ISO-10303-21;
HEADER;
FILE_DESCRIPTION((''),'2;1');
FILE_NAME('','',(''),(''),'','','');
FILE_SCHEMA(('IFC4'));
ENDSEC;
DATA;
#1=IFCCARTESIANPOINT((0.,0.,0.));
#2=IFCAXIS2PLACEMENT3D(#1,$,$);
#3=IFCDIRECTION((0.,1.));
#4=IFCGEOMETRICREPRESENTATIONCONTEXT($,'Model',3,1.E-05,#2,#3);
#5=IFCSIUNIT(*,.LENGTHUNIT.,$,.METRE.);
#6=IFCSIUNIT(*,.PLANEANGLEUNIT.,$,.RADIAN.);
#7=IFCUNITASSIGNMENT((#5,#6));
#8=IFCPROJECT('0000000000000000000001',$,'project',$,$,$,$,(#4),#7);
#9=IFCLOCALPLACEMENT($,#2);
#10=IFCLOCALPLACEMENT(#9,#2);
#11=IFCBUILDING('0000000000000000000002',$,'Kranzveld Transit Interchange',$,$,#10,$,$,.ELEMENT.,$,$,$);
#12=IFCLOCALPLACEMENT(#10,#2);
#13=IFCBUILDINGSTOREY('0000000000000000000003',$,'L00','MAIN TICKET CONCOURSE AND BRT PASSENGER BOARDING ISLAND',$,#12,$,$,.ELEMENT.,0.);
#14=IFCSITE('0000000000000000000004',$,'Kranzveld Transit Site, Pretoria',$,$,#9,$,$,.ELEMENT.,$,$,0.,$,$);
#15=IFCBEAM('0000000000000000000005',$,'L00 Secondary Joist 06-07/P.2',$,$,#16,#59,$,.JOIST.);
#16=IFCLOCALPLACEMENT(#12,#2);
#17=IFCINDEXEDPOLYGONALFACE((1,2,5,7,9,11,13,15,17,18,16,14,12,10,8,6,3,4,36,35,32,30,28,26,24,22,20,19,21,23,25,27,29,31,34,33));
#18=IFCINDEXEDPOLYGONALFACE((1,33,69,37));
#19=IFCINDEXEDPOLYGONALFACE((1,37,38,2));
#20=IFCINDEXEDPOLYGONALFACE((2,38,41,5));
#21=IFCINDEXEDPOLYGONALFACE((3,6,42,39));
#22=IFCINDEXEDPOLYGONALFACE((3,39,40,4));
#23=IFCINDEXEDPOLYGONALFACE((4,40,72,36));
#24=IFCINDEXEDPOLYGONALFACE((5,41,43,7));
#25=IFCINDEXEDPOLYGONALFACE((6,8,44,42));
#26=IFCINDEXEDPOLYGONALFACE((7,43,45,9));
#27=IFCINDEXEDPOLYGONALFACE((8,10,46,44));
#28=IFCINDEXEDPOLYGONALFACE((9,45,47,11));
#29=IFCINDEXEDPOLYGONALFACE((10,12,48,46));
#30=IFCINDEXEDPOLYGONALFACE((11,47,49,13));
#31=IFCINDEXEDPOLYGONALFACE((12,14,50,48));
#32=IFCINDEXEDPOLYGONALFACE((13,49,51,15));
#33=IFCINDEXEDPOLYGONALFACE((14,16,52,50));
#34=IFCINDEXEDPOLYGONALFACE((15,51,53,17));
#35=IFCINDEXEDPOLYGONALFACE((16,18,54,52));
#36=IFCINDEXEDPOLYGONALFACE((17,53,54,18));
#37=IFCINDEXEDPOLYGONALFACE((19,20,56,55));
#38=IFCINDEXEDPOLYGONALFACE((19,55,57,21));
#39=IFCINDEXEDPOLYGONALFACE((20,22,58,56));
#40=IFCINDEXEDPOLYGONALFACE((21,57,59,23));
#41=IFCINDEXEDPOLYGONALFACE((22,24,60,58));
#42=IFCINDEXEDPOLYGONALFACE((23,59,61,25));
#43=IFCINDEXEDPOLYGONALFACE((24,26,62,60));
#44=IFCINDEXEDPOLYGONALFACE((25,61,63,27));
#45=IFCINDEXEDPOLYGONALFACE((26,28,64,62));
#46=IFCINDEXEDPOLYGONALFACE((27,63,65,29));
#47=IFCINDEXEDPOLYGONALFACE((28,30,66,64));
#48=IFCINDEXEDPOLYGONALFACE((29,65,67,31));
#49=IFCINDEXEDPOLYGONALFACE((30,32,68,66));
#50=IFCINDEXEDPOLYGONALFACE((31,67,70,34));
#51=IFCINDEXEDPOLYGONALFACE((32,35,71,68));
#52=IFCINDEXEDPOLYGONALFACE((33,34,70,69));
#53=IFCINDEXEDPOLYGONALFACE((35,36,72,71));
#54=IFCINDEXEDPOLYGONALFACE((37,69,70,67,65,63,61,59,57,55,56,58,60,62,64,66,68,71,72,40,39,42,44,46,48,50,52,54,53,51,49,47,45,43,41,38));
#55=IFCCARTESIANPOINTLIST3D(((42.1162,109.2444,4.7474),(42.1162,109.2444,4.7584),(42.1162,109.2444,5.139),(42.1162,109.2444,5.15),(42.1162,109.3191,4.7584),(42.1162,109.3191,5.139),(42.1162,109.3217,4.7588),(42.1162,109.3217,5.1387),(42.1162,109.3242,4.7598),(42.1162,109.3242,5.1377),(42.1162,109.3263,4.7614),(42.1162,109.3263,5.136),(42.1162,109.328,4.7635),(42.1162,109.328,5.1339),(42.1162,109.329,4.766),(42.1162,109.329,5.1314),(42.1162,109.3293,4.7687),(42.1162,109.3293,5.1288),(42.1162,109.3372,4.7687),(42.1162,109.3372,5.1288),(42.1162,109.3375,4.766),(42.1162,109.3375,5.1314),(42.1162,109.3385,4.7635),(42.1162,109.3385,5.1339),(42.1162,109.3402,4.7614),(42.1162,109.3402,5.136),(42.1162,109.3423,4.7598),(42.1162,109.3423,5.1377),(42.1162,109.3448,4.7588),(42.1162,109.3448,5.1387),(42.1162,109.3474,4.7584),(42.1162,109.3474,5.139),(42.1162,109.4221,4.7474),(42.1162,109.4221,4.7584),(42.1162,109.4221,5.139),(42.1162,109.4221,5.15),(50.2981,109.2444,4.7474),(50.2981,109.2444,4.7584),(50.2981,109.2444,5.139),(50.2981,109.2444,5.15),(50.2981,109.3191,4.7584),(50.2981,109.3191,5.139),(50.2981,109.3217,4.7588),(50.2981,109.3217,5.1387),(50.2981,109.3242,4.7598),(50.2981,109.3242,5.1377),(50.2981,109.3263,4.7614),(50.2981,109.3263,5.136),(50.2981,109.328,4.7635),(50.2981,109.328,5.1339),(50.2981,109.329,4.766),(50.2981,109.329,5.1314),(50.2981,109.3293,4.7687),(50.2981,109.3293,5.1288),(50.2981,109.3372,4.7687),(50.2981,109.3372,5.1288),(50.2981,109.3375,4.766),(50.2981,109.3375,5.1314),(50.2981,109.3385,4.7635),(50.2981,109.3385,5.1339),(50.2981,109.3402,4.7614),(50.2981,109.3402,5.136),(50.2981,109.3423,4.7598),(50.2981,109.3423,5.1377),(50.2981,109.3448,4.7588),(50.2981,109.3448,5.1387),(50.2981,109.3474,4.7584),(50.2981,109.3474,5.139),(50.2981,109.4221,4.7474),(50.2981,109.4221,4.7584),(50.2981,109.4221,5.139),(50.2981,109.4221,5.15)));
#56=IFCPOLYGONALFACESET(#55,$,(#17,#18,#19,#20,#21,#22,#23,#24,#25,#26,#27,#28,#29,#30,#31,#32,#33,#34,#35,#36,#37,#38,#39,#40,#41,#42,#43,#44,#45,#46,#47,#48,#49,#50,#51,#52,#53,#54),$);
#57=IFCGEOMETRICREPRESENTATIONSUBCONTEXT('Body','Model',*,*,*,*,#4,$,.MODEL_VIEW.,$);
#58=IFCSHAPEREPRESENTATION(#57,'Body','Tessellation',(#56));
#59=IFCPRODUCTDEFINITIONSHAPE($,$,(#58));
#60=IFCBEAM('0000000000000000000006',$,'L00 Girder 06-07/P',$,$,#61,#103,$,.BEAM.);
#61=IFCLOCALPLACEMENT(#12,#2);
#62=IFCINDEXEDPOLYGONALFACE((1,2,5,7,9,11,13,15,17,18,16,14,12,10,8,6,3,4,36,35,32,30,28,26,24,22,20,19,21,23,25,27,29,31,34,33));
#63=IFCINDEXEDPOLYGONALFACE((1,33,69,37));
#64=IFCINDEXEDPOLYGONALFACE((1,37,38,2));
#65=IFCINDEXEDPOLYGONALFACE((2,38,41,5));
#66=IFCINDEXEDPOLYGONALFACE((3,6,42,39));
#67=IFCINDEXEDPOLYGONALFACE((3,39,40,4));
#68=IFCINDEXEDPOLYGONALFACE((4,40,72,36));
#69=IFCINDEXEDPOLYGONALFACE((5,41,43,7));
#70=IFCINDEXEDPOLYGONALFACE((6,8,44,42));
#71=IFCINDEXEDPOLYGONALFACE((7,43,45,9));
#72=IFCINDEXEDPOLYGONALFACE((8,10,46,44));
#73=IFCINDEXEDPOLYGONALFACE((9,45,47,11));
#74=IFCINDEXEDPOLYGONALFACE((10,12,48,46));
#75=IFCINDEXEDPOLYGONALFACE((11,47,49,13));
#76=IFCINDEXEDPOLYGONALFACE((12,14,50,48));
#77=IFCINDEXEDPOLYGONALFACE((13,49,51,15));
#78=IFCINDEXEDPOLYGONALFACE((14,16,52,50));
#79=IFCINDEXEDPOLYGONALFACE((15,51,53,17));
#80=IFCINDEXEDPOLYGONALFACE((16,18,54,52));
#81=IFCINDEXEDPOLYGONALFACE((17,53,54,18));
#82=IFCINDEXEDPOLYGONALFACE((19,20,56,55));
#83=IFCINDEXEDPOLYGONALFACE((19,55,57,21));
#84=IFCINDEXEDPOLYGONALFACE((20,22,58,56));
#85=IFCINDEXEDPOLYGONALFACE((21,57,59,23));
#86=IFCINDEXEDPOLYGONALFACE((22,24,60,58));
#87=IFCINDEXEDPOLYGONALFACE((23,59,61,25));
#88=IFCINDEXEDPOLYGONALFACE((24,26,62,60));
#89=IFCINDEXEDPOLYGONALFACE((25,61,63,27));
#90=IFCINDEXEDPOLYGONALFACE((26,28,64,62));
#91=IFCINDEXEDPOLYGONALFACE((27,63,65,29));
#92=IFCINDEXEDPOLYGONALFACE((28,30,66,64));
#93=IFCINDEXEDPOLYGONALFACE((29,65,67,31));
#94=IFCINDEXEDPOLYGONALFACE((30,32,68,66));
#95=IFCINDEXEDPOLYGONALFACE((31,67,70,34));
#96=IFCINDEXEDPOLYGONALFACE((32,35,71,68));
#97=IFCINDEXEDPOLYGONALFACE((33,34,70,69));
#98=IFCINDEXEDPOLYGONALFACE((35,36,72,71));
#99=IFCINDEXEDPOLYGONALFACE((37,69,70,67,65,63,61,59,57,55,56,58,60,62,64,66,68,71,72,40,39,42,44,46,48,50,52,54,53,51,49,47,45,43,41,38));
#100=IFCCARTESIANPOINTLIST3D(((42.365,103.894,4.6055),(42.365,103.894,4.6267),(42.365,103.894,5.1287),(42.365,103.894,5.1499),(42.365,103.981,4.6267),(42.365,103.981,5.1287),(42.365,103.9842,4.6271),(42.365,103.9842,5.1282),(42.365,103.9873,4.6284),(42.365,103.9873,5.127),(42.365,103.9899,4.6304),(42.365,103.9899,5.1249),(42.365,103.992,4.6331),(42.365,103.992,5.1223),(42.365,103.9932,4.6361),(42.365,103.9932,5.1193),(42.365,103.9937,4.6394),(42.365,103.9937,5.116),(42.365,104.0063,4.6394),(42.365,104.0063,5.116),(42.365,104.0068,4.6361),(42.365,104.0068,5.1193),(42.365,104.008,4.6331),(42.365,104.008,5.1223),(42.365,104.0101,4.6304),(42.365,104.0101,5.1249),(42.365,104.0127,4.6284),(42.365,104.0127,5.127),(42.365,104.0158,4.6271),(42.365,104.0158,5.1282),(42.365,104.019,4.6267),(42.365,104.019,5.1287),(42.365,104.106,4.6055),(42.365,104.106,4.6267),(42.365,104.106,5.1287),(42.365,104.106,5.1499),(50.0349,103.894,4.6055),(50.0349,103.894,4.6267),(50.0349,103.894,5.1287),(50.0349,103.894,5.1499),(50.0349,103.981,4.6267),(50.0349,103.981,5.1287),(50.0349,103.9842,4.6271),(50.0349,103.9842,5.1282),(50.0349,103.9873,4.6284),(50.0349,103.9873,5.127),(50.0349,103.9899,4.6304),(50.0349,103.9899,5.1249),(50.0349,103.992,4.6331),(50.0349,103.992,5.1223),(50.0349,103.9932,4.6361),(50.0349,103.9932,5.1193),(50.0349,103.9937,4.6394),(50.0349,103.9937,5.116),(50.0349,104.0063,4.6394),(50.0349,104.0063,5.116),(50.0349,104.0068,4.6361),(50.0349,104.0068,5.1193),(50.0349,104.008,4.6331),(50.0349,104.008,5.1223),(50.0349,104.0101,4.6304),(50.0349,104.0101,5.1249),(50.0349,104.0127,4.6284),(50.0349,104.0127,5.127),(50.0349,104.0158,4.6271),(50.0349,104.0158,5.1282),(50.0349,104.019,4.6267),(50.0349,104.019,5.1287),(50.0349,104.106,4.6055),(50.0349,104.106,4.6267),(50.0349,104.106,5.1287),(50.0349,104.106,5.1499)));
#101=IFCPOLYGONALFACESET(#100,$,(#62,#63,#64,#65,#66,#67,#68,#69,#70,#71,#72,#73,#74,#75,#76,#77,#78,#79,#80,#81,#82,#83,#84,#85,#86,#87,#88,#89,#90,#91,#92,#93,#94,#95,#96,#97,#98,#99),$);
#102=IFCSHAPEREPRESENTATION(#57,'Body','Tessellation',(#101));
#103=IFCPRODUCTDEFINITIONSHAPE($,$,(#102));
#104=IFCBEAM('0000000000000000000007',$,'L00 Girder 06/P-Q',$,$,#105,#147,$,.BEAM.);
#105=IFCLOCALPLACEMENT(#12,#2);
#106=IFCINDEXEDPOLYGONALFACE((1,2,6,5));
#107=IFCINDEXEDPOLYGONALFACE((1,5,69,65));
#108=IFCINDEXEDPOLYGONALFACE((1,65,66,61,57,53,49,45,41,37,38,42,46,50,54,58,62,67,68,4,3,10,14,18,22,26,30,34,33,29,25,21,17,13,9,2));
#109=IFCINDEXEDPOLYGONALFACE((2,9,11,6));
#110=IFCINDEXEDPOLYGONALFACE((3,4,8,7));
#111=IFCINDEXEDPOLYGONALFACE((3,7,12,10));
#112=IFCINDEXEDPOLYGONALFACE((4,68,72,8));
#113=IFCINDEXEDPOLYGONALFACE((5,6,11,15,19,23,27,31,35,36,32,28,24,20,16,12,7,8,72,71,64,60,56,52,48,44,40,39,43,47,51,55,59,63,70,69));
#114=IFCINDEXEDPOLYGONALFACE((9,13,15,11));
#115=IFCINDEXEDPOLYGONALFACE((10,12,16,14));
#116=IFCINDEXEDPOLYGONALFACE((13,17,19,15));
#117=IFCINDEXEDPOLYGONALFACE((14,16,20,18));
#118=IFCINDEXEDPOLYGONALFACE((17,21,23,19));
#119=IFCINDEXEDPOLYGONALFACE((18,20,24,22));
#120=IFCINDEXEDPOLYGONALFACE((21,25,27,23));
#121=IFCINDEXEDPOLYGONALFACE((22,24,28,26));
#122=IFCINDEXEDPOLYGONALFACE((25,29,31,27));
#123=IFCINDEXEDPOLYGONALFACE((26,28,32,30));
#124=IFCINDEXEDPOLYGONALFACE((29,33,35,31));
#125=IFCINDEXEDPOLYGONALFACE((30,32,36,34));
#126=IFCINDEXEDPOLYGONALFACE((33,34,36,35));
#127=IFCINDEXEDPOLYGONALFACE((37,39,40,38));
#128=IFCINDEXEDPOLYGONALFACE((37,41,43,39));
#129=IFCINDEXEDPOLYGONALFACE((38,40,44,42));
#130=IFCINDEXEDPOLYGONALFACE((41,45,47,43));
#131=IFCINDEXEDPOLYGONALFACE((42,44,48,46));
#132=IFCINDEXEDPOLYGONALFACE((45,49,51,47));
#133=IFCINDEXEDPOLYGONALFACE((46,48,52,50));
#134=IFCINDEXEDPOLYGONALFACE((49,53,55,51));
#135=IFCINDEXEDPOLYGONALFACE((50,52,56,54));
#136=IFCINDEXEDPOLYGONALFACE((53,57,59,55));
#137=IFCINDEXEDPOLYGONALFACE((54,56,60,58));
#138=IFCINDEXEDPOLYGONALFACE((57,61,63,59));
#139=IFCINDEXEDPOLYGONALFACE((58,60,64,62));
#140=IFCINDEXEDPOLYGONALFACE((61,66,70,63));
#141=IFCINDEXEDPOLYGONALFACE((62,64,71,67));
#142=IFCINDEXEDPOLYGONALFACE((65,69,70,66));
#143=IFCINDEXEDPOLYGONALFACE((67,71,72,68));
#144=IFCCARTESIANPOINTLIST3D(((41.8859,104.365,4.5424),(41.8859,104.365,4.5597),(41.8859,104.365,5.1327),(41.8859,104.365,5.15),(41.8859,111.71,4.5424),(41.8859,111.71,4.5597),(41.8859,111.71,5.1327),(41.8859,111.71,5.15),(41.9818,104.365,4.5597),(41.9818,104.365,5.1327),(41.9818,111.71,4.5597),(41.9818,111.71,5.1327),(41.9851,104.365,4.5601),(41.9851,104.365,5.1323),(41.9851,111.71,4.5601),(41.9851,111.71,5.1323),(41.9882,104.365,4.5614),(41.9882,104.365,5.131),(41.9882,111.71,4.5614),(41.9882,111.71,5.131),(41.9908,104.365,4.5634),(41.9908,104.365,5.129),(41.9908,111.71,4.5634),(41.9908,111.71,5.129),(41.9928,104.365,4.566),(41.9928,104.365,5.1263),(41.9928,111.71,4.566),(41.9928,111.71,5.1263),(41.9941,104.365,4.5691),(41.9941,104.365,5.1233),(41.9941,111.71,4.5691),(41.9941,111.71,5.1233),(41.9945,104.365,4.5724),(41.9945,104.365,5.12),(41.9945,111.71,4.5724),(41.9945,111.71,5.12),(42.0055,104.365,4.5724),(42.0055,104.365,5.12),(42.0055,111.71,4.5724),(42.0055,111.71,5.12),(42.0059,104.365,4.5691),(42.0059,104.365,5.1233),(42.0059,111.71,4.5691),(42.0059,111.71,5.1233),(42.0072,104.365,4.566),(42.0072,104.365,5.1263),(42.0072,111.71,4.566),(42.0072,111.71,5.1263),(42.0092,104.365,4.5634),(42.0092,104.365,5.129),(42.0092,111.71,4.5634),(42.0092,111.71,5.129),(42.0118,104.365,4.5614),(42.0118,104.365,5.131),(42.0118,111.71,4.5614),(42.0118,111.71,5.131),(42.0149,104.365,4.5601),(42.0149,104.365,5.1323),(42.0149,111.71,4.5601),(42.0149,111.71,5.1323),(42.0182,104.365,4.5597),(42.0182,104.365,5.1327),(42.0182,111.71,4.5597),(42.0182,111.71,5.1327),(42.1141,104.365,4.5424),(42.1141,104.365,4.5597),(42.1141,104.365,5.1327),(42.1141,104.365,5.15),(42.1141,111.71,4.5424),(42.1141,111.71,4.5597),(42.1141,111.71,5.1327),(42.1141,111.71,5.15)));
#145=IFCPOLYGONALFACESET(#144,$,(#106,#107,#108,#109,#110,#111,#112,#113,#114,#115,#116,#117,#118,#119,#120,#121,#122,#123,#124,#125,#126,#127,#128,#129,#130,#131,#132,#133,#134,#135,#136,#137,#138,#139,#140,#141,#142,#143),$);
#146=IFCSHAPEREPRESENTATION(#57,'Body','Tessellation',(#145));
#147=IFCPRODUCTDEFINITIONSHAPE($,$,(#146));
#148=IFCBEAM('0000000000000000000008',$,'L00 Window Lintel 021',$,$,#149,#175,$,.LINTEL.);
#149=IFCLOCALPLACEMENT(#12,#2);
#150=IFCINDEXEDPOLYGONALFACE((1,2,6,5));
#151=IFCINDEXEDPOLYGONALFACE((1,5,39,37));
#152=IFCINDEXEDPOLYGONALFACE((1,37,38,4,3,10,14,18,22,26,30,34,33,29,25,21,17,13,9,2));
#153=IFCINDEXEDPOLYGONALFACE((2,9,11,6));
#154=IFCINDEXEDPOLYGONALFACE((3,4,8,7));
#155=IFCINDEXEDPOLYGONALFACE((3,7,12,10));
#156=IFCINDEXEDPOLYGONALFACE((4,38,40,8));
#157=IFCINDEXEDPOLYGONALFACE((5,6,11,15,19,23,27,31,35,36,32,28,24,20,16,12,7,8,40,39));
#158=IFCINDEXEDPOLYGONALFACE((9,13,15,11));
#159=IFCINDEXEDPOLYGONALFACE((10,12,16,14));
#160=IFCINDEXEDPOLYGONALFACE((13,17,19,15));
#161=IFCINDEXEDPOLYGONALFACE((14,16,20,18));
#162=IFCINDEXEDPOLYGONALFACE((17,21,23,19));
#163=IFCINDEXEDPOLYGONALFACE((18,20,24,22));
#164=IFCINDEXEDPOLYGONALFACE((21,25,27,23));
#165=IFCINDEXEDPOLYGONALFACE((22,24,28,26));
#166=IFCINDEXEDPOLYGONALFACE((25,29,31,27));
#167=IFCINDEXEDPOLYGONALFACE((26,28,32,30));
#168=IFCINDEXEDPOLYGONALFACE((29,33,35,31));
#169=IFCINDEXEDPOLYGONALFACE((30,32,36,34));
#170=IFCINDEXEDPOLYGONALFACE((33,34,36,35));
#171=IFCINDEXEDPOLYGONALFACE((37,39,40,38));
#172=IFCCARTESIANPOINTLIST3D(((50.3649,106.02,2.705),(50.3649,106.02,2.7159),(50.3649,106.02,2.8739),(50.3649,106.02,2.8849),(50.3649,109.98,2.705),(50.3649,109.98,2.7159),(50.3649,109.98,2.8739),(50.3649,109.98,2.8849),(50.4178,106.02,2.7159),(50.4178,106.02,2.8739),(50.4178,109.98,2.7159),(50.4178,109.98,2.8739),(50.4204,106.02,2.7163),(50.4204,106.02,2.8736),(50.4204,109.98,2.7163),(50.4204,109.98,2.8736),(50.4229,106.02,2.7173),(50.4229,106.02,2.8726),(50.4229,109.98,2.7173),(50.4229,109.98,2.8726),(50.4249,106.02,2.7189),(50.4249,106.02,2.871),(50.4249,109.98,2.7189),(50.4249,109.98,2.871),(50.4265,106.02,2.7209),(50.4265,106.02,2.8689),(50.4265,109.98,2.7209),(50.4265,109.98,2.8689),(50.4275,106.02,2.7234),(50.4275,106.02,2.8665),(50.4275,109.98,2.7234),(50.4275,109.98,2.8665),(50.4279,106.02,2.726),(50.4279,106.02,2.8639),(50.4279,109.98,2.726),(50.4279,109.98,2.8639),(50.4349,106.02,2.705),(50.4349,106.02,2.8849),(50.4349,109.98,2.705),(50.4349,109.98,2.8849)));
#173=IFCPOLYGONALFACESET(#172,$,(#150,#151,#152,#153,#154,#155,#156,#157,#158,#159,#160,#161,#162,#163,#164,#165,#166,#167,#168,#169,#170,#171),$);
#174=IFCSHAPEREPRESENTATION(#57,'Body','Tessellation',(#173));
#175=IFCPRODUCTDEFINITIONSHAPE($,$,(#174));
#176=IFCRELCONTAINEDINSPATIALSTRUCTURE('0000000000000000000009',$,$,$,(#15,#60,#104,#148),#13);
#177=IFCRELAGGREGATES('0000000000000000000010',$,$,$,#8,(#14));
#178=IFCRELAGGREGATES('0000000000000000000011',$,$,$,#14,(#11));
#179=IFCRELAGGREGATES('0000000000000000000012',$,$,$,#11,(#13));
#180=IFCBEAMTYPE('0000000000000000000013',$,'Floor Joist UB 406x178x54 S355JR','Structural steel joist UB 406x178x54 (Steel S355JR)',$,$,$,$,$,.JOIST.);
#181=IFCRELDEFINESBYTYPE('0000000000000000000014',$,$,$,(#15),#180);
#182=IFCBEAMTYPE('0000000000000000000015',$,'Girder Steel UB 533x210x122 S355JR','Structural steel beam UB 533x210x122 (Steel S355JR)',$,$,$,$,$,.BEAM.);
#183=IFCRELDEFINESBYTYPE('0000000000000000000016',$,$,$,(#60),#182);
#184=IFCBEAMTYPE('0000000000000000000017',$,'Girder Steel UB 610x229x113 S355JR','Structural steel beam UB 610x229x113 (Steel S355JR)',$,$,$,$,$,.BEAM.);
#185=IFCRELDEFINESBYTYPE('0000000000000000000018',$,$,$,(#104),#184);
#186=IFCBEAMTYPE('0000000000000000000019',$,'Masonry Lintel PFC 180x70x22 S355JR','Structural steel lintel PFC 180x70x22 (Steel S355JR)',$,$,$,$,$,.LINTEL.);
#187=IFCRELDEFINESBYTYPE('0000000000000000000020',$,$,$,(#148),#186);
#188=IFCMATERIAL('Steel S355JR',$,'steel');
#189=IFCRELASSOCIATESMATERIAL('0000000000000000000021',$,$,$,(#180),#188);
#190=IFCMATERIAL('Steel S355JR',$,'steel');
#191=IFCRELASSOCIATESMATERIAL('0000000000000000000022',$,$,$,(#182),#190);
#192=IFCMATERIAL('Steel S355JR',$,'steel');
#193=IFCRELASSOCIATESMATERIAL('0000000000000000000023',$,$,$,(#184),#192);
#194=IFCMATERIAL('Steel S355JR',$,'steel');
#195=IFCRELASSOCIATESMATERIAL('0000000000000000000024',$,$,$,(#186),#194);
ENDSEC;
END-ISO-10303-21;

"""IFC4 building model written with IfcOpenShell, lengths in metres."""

from ifc_helpers import new_model, si_unit, direction, frame, origin, origin_2d, place, context, subcontext, project, spatial, i_section, u_section, extrude, material, material_profile, profile_set, type_object, element, save


model = new_model("IFC4")

# Units and contexts
model_context = context("Model", 3, precision=1e-05, world=origin(), true_north=direction((0.0, 1.0)))
body_context = subcontext(model_context, "Body", "Model", "MODEL_VIEW")
ifc_project = project(units=[si_unit("LENGTHUNIT", "METRE"), si_unit("PLANEANGLEUNIT", "RADIAN")], contexts=[model_context])

# Site, building, storey
site_placement = place(None, origin())
site = spatial("IfcSite", under=ifc_project, at=site_placement, Name="Kranzveld Transit Site, Pretoria", CompositionType="ELEMENT", RefElevation=0.0)
building_placement = place(site_placement, origin())
building = spatial("IfcBuilding", under=site, at=building_placement, Name="Kranzveld Transit Interchange", CompositionType="ELEMENT")
storey_placement = place(building_placement, origin())
storey = spatial("IfcBuildingStorey", under=building, at=storey_placement, Name="L00", Description="MAIN TICKET CONCOURSE AND BRT PASSENGER BOARDING ISLAND", CompositionType="ELEMENT", Elevation=0.0)

# Beams
ifc_material_1 = material(Name="Steel S355JR", Category="steel")
ifc_material_profile_1 = material_profile(ifc_material_1, i_section(OverallWidth=0.1777, OverallDepth=0.4026, WebThickness=0.0078, FlangeThickness=0.011, FilletRadius=0.0103, at=origin_2d()), Name="UB 406x178x54")
ifc_profile_set_1 = profile_set([ifc_material_profile_1], Name="Steel S355JR")
beam_type_1 = type_object("IfcBeamType", Name="Floor Joist UB 406x178x54 S355JR", Description="Structural steel joist UB 406x178x54 (Steel S355JR)", PredefinedType="JOIST", material=ifc_profile_set_1)
for number, where, z_axis, x_axis, name in (
    (1, (42.1162, 109.3333, 4.9487), (1.0, 0.0, 0.0), (0.0, 1.0, 0.0), "L00 Secondary Joist 06-07/P.2"),
):
    element("IfcBeam", number, at=place(storey_placement, frame(where, z_axis=z_axis, x_axis=x_axis)), inside=storey, type_object=beam_type_1, Name=name, PredefinedType="JOIST", context=body_context, shape_type="SweptSolid", body=[
        extrude(i_section(OverallWidth=0.1777, OverallDepth=0.4026, WebThickness=0.0078, FlangeThickness=0.011, FilletRadius=0.0103, at=origin_2d()), origin(), (0.0, 0.0, 1.0), 8.1819),
    ])
ifc_material_2 = material(Name="Steel S355JR", Category="steel")
ifc_material_profile_2 = material_profile(ifc_material_2, i_section(OverallWidth=0.2119, OverallDepth=0.5444, WebThickness=0.0127, FlangeThickness=0.0212, FilletRadius=0.0127, at=origin_2d()), Name="UB 533x210x122")
ifc_profile_set_2 = profile_set([ifc_material_profile_2], Name="Steel S355JR")
beam_type_2 = type_object("IfcBeamType", Name="Girder Steel UB 533x210x122 S355JR", Description="Structural steel beam UB 533x210x122 (Steel S355JR)", PredefinedType="BEAM", material=ifc_profile_set_2)
beam_1_placement = place(storey_placement, frame((42.365, 104.0, 4.8777), z_axis=(1.0, 0.0, 0.0), x_axis=(0.0, 1.0, 0.0)))
element("IfcBeam", 2, at=beam_1_placement, inside=storey, type_object=beam_type_2, Name="L00 Girder 06-07/P", PredefinedType="BEAM", context=body_context, shape_type="SweptSolid", body=[
    extrude(i_section(OverallWidth=0.2119, OverallDepth=0.5444, WebThickness=0.0127, FlangeThickness=0.0212, FilletRadius=0.0127, at=origin_2d()), origin(), (0.0, 0.0, 1.0), 7.6699),
])
ifc_material_3 = material(Name="Steel S355JR", Category="steel")
ifc_material_profile_3 = material_profile(ifc_material_3, i_section(OverallWidth=0.2283, OverallDepth=0.6077, WebThickness=0.011, FlangeThickness=0.0173, FilletRadius=0.0127, at=origin_2d()), Name="UB 610x229x113")
ifc_profile_set_3 = profile_set([ifc_material_profile_3], Name="Steel S355JR")
beam_type_3 = type_object("IfcBeamType", Name="Girder Steel UB 610x229x113 S355JR", Description="Structural steel beam UB 610x229x113 (Steel S355JR)", PredefinedType="BEAM", material=ifc_profile_set_3)
beam_2_placement = place(storey_placement, frame((42.0, 104.365, 4.8462), z_axis=(0.0, 1.0, 0.0), x_axis=(-1.0, 0.0, 0.0)))
element("IfcBeam", 3, at=beam_2_placement, inside=storey, type_object=beam_type_3, Name="L00 Girder 06/P-Q", PredefinedType="BEAM", context=body_context, shape_type="SweptSolid", body=[
    extrude(i_section(OverallWidth=0.2283, OverallDepth=0.6077, WebThickness=0.011, FlangeThickness=0.0173, FilletRadius=0.0127, at=origin_2d()), origin(), (0.0, 0.0, 1.0), 7.345),
])
ifc_material_4 = material(Name="Steel S355JR", Category="steel")
ifc_material_profile_4 = material_profile(ifc_material_4, u_section(Depth=0.1799, FlangeWidth=0.0701, WebThickness=0.0071, FlangeThickness=0.011, FilletRadius=0.01, at=origin_2d()), Name="PFC 180x70x22")
ifc_profile_set_4 = profile_set([ifc_material_profile_4], Name="Steel S355JR")
beam_type_4 = type_object("IfcBeamType", Name="Masonry Lintel PFC 180x70x22 S355JR", Description="Structural steel lintel PFC 180x70x22 (Steel S355JR)", PredefinedType="LINTEL", material=ifc_profile_set_4)
beam_3_placement = place(storey_placement, frame((50.3999, 106.02, 2.7949), z_axis=(0.0, 1.0, 0.0), x_axis=(-1.0, 0.0, 0.0)))
element("IfcBeam", 4, at=beam_3_placement, inside=storey, type_object=beam_type_4, Name="L00 Window Lintel 021", PredefinedType="LINTEL", context=body_context, shape_type="SweptSolid", body=[
    extrude(u_section(Depth=0.1799, FlangeWidth=0.0701, WebThickness=0.0071, FlangeThickness=0.011, FilletRadius=0.01, at=origin_2d()), origin(), (0.0, 0.0, 1.0), 3.96),
])

save(model, "model.ifc")
